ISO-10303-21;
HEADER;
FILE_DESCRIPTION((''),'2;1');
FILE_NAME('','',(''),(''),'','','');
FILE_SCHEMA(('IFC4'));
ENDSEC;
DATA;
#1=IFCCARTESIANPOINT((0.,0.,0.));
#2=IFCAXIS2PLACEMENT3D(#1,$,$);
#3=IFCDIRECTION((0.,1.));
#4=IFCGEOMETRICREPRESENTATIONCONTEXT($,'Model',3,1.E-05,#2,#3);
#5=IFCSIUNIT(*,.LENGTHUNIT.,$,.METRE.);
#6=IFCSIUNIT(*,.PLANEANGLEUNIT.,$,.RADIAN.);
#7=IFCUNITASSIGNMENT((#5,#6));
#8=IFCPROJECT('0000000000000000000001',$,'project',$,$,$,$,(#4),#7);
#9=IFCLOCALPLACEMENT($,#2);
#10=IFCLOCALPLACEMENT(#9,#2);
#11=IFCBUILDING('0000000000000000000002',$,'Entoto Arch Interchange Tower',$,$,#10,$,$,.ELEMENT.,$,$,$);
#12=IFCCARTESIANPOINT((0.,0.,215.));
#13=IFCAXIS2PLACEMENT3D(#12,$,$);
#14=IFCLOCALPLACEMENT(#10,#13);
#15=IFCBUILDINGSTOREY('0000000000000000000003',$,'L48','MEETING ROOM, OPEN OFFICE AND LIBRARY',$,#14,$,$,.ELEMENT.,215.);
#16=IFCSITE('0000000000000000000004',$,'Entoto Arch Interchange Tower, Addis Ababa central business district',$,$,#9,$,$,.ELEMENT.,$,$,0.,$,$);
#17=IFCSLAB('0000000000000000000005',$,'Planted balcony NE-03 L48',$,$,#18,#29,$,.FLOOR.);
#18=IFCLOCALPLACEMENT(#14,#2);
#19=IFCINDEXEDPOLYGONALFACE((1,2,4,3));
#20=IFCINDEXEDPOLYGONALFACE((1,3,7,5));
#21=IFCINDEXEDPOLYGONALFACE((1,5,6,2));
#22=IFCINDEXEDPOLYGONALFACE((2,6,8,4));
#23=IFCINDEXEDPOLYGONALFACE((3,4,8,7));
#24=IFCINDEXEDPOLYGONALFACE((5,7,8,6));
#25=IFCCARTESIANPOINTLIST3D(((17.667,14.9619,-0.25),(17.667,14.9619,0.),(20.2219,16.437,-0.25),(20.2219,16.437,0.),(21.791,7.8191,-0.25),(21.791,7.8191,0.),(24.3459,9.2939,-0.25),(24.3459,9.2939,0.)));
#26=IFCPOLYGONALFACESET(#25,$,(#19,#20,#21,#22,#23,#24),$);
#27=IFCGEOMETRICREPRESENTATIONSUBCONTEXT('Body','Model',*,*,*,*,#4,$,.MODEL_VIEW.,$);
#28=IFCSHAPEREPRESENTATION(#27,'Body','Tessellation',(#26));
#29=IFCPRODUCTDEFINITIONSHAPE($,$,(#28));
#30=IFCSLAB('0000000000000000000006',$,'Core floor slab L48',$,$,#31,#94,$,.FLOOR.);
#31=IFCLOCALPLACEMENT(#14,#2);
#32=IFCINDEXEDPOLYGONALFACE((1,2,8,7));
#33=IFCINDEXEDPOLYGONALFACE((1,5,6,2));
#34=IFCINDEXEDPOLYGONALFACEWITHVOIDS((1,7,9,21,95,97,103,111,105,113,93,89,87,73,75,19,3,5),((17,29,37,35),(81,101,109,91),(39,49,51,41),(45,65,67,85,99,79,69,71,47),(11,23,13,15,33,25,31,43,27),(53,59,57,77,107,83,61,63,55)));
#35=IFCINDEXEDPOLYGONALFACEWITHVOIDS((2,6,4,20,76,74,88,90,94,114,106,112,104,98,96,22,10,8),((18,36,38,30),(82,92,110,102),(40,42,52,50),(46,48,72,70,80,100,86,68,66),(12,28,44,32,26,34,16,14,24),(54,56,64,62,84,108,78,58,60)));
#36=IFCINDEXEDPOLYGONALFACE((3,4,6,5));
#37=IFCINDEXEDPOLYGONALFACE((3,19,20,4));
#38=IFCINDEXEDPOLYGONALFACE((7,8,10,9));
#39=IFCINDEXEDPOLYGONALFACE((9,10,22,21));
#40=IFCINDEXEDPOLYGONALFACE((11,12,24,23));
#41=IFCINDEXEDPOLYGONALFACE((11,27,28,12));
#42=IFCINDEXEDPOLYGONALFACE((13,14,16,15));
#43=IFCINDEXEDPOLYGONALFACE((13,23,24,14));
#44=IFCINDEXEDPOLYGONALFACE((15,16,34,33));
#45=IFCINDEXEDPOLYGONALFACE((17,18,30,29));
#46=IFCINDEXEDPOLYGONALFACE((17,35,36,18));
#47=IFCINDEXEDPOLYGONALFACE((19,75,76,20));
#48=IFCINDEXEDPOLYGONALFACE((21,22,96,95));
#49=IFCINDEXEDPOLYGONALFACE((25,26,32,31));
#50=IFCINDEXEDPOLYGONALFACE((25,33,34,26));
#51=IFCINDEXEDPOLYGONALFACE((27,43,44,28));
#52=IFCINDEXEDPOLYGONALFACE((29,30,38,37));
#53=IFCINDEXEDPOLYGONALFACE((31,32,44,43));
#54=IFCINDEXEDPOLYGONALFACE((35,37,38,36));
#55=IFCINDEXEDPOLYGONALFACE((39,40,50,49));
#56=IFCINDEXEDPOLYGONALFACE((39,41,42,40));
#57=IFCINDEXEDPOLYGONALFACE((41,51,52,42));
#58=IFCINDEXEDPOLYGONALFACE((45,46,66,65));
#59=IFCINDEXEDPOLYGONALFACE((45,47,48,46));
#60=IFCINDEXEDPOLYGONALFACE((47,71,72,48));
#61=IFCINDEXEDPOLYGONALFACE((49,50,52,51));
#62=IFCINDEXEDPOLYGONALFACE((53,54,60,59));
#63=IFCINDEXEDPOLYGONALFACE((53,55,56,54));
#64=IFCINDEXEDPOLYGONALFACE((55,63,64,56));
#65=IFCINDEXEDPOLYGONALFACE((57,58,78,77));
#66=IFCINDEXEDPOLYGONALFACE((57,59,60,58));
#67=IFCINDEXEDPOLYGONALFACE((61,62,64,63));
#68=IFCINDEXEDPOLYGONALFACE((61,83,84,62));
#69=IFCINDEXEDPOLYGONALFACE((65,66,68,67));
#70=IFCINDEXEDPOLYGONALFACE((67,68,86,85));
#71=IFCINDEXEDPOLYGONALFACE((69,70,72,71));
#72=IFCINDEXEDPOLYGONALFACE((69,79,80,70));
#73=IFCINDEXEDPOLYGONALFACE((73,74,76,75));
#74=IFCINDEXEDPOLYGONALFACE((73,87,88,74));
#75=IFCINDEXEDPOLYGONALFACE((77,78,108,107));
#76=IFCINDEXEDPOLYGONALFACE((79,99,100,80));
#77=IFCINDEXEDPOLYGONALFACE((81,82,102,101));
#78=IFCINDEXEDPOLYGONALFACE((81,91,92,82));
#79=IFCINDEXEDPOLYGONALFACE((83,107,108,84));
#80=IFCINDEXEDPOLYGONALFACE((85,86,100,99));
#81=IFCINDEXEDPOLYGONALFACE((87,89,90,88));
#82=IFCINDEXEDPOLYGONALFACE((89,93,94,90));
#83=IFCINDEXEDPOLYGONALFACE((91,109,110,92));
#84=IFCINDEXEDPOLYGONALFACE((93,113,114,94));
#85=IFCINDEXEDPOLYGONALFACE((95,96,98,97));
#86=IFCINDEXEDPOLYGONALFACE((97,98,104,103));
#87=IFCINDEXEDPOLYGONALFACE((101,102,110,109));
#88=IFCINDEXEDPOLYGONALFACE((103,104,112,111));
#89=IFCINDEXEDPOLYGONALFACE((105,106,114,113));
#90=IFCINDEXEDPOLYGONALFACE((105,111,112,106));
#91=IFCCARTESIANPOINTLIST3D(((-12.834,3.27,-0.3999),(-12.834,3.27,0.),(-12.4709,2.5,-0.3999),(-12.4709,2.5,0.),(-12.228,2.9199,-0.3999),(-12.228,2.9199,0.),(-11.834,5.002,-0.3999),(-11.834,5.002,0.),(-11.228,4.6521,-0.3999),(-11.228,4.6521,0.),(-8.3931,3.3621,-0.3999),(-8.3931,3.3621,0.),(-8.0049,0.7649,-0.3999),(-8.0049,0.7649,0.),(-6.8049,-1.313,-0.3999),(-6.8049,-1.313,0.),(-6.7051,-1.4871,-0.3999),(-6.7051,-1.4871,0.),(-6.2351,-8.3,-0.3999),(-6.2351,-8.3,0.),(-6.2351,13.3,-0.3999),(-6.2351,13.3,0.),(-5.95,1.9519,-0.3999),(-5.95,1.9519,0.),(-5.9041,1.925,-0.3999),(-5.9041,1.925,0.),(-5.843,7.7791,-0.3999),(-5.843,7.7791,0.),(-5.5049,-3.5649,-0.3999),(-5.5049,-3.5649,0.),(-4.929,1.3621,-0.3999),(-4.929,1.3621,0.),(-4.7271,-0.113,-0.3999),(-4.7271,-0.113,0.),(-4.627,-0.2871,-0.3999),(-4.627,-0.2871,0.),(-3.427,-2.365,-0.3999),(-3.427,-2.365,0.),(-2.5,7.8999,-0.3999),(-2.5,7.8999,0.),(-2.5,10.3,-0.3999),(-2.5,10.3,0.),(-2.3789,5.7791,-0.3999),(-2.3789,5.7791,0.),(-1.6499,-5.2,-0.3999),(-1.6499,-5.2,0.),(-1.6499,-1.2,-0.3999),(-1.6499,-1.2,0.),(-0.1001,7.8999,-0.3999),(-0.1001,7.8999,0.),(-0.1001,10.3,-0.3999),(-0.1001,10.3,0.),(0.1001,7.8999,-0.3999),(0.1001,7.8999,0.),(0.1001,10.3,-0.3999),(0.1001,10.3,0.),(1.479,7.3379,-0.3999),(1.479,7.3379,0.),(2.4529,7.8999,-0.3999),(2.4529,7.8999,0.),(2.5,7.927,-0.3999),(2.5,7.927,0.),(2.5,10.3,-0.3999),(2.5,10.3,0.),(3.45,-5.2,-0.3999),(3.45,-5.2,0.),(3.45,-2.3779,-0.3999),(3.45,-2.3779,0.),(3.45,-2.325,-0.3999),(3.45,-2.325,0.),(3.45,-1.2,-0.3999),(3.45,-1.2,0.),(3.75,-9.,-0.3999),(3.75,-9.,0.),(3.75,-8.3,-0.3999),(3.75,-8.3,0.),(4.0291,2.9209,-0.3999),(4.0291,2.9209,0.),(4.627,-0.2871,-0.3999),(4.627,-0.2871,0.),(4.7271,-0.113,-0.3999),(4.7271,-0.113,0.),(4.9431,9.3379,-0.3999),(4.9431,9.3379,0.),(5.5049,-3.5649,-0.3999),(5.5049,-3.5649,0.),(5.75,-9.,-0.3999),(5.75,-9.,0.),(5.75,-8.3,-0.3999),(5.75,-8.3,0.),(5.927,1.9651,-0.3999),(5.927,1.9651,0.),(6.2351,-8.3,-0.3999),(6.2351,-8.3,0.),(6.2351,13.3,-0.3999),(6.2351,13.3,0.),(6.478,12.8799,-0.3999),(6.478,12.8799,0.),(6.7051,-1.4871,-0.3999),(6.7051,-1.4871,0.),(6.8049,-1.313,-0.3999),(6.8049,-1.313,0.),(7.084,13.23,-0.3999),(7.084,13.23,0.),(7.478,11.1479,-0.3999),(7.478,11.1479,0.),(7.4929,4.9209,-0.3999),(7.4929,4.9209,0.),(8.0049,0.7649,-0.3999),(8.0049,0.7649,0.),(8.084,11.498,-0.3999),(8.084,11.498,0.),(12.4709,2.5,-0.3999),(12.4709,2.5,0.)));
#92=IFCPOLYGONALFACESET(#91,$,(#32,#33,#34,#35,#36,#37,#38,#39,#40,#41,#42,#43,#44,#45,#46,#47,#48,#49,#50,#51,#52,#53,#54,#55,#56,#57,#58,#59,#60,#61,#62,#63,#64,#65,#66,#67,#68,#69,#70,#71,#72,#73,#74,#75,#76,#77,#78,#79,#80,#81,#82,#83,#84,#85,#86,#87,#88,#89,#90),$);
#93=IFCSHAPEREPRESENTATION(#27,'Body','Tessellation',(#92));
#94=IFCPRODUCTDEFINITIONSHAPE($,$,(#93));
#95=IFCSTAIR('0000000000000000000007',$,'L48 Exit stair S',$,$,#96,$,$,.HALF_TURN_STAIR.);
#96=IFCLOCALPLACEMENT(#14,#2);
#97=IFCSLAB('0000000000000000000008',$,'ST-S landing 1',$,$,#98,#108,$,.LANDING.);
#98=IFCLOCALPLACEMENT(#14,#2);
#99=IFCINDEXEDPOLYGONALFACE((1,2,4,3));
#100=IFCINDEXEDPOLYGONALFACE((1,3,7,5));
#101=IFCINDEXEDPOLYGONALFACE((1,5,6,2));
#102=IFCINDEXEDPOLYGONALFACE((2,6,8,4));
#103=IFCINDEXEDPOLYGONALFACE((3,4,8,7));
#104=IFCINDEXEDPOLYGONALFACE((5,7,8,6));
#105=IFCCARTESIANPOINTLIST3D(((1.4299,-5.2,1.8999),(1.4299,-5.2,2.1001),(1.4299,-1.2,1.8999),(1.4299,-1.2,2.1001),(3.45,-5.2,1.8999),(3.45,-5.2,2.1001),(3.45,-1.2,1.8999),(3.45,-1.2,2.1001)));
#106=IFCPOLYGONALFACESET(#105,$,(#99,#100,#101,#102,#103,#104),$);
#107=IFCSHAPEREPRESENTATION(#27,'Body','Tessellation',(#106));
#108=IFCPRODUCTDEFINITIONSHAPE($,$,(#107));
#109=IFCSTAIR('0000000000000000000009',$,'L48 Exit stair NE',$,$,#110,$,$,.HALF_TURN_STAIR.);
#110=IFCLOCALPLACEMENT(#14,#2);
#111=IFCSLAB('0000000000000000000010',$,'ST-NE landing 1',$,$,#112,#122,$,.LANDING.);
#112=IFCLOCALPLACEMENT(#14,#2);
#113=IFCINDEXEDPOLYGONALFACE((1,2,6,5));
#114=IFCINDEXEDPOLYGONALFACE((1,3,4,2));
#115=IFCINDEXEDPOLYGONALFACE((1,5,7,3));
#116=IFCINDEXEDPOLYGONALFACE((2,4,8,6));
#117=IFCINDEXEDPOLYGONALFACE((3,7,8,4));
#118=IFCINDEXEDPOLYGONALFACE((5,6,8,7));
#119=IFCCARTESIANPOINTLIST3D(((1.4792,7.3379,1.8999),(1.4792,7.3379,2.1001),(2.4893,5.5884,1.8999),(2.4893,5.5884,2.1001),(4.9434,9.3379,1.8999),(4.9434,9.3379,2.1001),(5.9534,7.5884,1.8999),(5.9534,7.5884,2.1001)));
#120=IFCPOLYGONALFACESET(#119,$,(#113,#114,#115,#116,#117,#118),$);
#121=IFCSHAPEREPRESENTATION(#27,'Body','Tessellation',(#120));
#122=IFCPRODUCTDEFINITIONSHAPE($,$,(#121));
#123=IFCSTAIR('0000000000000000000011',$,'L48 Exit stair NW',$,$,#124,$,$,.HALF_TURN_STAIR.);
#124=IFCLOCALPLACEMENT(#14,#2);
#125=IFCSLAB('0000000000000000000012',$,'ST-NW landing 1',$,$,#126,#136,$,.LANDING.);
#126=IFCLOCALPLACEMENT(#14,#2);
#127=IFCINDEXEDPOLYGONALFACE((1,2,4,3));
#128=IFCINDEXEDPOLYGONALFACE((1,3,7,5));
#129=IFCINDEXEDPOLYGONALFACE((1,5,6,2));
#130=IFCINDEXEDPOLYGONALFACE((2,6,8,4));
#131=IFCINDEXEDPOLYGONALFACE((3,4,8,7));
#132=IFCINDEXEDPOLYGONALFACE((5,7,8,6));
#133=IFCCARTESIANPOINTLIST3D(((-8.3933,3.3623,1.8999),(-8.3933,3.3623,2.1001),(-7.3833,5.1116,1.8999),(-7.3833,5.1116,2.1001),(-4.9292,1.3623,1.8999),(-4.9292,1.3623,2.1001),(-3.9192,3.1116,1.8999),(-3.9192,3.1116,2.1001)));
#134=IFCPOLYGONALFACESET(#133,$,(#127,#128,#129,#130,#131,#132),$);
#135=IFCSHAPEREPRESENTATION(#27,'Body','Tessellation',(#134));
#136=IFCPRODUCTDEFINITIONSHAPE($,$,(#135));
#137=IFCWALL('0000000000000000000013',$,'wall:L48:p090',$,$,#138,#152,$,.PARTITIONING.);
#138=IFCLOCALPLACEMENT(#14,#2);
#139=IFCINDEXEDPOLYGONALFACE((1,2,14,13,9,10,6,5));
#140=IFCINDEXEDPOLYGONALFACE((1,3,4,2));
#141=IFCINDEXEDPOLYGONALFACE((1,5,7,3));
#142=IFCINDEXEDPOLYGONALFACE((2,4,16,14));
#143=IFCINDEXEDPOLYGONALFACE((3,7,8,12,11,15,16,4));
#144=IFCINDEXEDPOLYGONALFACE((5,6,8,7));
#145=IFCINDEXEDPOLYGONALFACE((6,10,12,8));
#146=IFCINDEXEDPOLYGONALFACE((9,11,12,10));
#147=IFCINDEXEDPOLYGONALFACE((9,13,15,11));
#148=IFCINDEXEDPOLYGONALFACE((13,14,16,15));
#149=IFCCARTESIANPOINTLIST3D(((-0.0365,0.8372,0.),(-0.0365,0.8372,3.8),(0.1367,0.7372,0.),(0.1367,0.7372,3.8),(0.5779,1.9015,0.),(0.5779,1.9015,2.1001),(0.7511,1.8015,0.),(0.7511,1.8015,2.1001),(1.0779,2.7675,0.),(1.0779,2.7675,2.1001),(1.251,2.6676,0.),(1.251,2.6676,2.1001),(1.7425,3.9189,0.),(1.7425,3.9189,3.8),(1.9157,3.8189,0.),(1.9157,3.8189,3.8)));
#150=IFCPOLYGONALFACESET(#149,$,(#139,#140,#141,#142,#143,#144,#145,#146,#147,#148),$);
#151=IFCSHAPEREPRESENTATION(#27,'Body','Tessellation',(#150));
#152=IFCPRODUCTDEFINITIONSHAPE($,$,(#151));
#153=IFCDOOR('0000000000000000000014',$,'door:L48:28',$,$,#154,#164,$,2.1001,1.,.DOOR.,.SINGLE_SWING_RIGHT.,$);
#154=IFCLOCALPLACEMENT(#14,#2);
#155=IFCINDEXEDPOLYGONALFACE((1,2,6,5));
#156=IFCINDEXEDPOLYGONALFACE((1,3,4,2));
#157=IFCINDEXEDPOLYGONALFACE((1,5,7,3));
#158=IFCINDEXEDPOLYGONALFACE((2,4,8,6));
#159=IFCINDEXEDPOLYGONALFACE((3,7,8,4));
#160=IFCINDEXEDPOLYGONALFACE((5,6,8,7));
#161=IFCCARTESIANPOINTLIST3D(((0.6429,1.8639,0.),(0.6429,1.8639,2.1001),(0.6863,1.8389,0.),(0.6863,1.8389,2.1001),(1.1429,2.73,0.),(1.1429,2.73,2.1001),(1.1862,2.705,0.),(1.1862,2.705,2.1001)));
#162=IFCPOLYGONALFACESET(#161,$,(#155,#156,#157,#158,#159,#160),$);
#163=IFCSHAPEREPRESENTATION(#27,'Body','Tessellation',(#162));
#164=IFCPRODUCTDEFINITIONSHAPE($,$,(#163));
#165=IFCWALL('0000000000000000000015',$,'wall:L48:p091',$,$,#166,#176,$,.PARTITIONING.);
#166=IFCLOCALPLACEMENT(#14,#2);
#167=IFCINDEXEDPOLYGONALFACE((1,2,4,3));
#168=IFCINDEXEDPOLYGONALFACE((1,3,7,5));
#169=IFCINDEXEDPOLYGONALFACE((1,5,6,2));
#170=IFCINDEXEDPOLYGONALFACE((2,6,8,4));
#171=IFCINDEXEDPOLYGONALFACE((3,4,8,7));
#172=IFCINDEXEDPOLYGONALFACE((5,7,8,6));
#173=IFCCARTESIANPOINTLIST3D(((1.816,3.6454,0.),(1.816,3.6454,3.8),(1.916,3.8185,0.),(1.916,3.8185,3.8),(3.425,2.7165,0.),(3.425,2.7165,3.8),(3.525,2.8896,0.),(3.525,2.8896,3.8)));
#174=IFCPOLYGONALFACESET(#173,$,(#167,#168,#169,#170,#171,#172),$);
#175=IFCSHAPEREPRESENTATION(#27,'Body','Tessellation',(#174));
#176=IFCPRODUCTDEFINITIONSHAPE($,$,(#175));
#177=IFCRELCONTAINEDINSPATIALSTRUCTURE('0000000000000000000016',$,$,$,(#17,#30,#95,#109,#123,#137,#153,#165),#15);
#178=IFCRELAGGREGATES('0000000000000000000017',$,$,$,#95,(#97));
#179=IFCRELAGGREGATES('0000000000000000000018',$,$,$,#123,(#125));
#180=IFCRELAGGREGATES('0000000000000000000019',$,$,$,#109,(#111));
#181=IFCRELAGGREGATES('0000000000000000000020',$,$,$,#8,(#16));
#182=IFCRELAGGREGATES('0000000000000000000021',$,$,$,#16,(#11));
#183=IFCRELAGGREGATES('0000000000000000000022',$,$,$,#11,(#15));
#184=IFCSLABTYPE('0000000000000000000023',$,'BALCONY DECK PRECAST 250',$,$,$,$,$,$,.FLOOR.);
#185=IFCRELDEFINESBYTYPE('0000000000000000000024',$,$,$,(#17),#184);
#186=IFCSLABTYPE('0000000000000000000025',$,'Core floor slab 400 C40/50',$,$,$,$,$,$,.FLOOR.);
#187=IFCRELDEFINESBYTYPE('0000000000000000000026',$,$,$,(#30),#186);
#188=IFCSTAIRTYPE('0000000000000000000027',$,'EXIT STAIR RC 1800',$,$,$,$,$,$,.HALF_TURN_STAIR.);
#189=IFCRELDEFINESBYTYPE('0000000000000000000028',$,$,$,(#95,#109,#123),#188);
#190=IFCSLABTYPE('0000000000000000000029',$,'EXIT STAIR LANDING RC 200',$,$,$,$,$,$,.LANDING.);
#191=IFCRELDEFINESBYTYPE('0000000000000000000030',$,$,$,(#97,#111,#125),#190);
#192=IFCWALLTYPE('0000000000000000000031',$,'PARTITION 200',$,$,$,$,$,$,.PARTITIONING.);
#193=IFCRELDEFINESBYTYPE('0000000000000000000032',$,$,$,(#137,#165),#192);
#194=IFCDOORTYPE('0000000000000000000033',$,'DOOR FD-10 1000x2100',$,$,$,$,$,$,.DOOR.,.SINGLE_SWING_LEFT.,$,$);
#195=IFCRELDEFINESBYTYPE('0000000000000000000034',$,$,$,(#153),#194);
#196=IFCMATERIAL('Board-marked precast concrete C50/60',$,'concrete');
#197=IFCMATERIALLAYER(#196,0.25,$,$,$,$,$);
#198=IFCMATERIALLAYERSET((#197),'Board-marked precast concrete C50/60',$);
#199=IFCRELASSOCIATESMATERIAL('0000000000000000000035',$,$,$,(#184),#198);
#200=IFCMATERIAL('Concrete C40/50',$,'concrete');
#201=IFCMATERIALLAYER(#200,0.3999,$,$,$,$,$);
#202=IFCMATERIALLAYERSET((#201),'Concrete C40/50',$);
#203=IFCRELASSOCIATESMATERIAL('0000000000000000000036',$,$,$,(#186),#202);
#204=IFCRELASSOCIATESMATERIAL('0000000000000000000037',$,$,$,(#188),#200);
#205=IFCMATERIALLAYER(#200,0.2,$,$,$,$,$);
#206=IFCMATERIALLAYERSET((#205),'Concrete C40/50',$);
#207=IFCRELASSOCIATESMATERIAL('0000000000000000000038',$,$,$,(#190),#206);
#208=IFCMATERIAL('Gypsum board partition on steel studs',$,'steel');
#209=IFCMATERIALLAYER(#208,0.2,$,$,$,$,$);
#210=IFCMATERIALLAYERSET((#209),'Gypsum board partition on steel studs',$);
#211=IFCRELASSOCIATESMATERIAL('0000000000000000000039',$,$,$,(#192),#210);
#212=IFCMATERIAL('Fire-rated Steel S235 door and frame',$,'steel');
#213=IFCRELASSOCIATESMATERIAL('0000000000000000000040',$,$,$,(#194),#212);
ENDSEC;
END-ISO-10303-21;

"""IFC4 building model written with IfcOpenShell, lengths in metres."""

from ifc_helpers import new_model, si_unit, direction, frame, frame_2d, origin, place, context, subcontext, project, spatial, polyline, rectangle, outline, extrude, material, layer, layer_set, type_object, element, fill, aggregate, save


model = new_model("IFC4")

# Units and contexts
model_context = context("Model", 3, precision=1e-05, world=origin(), true_north=direction((0.0, 1.0)))
body_context = subcontext(model_context, "Body", "Model", "MODEL_VIEW")
ifc_project = project(units=[si_unit("LENGTHUNIT", "METRE"), si_unit("PLANEANGLEUNIT", "RADIAN")], contexts=[model_context])

# Site, building, storey
site_placement = place(None, origin())
site = spatial("IfcSite", under=ifc_project, at=site_placement, Name="Entoto Arch Interchange Tower, Addis Ababa central business district", CompositionType="ELEMENT", RefElevation=0.0)
building_placement = place(site_placement, origin())
building = spatial("IfcBuilding", under=site, at=building_placement, Name="Entoto Arch Interchange Tower", CompositionType="ELEMENT")
storey_placement = place(building_placement, frame((0.0, 0.0, 215.0)))
storey = spatial("IfcBuildingStorey", under=building, at=storey_placement, Name="L48", Description="MEETING ROOM, OPEN OFFICE AND LIBRARY", CompositionType="ELEMENT", Elevation=215.0)

# Slabs
ifc_material_1 = material(Name="Board-marked precast concrete C50/60", Category="concrete")
ifc_layer_1 = layer(ifc_material_1, 0.25)
ifc_layer_set_1 = layer_set([ifc_layer_1], Name="Board-marked precast concrete C50/60")
slab_type_1 = type_object("IfcSlabType", Name="BALCONY DECK PRECAST 250", PredefinedType="FLOOR", material=ifc_layer_set_1)
slab_1_placement = place(storey_placement, frame((0.0, 0.0, -0.25)))
element("IfcSlab", 1, at=slab_1_placement, inside=storey, type_object=slab_type_1, Name="Planted balcony NE-03 L48", PredefinedType="FLOOR", context=body_context, shape_type="SweptSolid", body=[
    extrude(outline(polyline([(21.791, 7.8191), (17.667, 14.9619), (20.2219, 16.437), (24.3459, 9.2939), (21.791, 7.8191)])), origin(), (0.0, 0.0, 1.0), 0.25),
])
ifc_material_2 = material(Name="Concrete C40/50", Category="concrete")
ifc_layer_2 = layer(ifc_material_2, 0.3999)
ifc_layer_set_2 = layer_set([ifc_layer_2], Name="Concrete C40/50")
slab_type_2 = type_object("IfcSlabType", Name="Core floor slab 400 C40/50", PredefinedType="FLOOR", material=ifc_layer_set_2)
slab_2_placement = place(storey_placement, frame((0.0, 0.0, -0.3999)))
element("IfcSlab", 2, at=slab_2_placement, inside=storey, type_object=slab_type_2, Name="Core floor slab L48", PredefinedType="FLOOR", context=body_context, shape_type="SweptSolid", body=[
    extrude(outline(polyline([(5.75, -9.0), (3.75, -9.0), (3.75, -8.3), (-6.2351, -8.3), (-12.4709, 2.5), (-12.228, 2.9199), (-12.834, 3.27), (-11.834, 5.002), (-11.228, 4.6521), (-6.2351, 13.3), (6.2351, 13.3), (6.478, 12.8799), (7.084, 13.23), (8.084, 11.498), (7.478, 11.1479), (12.4709, 2.5), (6.2351, -8.3), (5.75, -8.3), (5.75, -9.0)]), holes=[polyline([(-1.6499, -5.2), (3.45, -5.2), (3.45, -2.3779), (5.5049, -3.5649), (6.7051, -1.4871), (4.627, -0.2871), (3.45, -2.325), (3.45, -1.2), (-1.6499, -1.2), (-1.6499, -5.2)]), polyline([(-4.627, -0.2871), (-6.7051, -1.4871), (-5.5049, -3.5649), (-3.427, -2.365), (-4.627, -0.2871)]), polyline([(-5.9041, 1.925), (-4.929, 1.3621), (-2.3789, 5.7791), (-5.843, 7.7791), (-8.3931, 3.3621), (-5.95, 1.9519), (-8.0049, 0.7649), (-6.8049, -1.313), (-4.7271, -0.113), (-5.9041, 1.925)]), polyline([(4.7271, -0.113), (6.8049, -1.313), (8.0049, 0.7649), (5.927, 1.9651), (4.7271, -0.113)]), polyline([(2.5, 7.927), (2.5, 10.3), (0.1001, 10.3), (0.1001, 7.8999), (2.4529, 7.8999), (1.479, 7.3379), (4.0291, 2.9209), (7.4929, 4.9209), (4.9431, 9.3379), (2.5, 7.927)]), polyline([(-2.5, 7.8999), (-0.1001, 7.8999), (-0.1001, 10.3), (-2.5, 10.3), (-2.5, 7.8999)])]), origin(), (0.0, 0.0, 1.0), 0.3999),
])

# Stairs, slabs
stair_type = type_object("IfcStairType", Name="EXIT STAIR RC 1800", PredefinedType="HALF_TURN_STAIR", material=ifc_material_2)
stair_1_placement = place(storey_placement, origin())
stair_1 = element("IfcStair", 3, at=stair_1_placement, inside=storey, type_object=stair_type, Name="L48 Exit stair S", PredefinedType="HALF_TURN_STAIR")
ifc_layer_3 = layer(ifc_material_2, 0.2)
ifc_layer_set_3 = layer_set([ifc_layer_3], Name="Concrete C40/50")
slab_type_3 = type_object("IfcSlabType", Name="EXIT STAIR LANDING RC 200", PredefinedType="LANDING", material=ifc_layer_set_3)
slab_3_placement = place(storey_placement, frame((0.0, 0.0, 1.8999)))
slab_3 = element("IfcSlab", 4, at=slab_3_placement, type_object=slab_type_3, Name="ST-S landing 1", PredefinedType="LANDING", context=body_context, shape_type="SweptSolid", body=[
    extrude(outline(polyline([(1.4299, -5.2), (3.45, -5.2), (3.45, -1.2), (1.4299, -1.2), (1.4299, -5.2)])), origin(), (0.0, 0.0, 1.0), 0.2002),
])
aggregate(stair_1, [slab_3])
stair_2_placement = place(storey_placement, origin())
stair_2 = element("IfcStair", 5, at=stair_2_placement, inside=storey, type_object=stair_type, Name="L48 Exit stair NE", PredefinedType="HALF_TURN_STAIR")
slab_4_placement = place(storey_placement, frame((0.0, 0.0, 1.8999)))
slab_4 = element("IfcSlab", 6, at=slab_4_placement, type_object=slab_type_3, Name="ST-NE landing 1", PredefinedType="LANDING", context=body_context, shape_type="SweptSolid", body=[
    extrude(outline(polyline([(5.9534, 7.5884), (4.9434, 9.3379), (1.4792, 7.3379), (2.4893, 5.5884), (5.9534, 7.5884)])), origin(), (0.0, 0.0, 1.0), 0.2002),
])
stair_3_placement = place(storey_placement, origin())
stair_3 = element("IfcStair", 7, at=stair_3_placement, inside=storey, type_object=stair_type, Name="L48 Exit stair NW", PredefinedType="HALF_TURN_STAIR")
slab_5_placement = place(storey_placement, frame((0.0, 0.0, 1.8999)))
slab_5 = element("IfcSlab", 8, at=slab_5_placement, type_object=slab_type_3, Name="ST-NW landing 1", PredefinedType="LANDING", context=body_context, shape_type="SweptSolid", body=[
    extrude(outline(polyline([(-7.3833, 5.1116), (-8.3933, 3.3623), (-4.9292, 1.3623), (-3.9192, 3.1116), (-7.3833, 5.1116)])), origin(), (0.0, 0.0, 1.0), 0.2002),
])
aggregate(stair_3, [slab_5])

# Wall, opening, door
ifc_material_3 = material(Name="Gypsum board partition on steel studs", Category="steel")
ifc_layer_4 = layer(ifc_material_3, 0.2)
ifc_layer_set_4 = layer_set([ifc_layer_4], Name="Gypsum board partition on steel studs")
wall_type_1 = type_object("IfcWallType", Name="PARTITION 200", PredefinedType="PARTITIONING", material=ifc_layer_set_4)
wall_1_placement = place(storey_placement, frame((0.05, 0.7871, 0.0), z_axis=(0.0, 0.0, 1.0), x_axis=(0.499954, 0.866052, 0.0)))
wall_1 = element("IfcWall", 9, at=wall_1_placement, inside=storey, type_object=wall_type_1, Name="wall:L48:p090", PredefinedType="PARTITIONING", context=body_context, shape_type="SweptSolid", body=[
    extrude(rectangle(XDim=3.5583, YDim=0.2, at=frame_2d((1.7793, 0.0))), origin(), (0.0, 0.0, 1.0), 3.8),
])
opening_placement = place(wall_1_placement, frame((1.229, 0.0, 0.0)))
opening = element("IfcOpeningElement", 10, at=opening_placement, cuts=wall_1, PredefinedType="OPENING", context=body_context, shape_type="SweptSolid", body=[
    extrude(rectangle(XDim=1.0, YDim=2.1001, at=frame_2d((0.5, 1.05))), frame((0.0, 0.1099, 0.0), z_axis=(0.0, -1.0, 0.0), x_axis=(1.0, 0.0, 0.0)), (0.0, 0.0, 1.0), 0.22),
])
ifc_material_4 = material(Name="Fire-rated Steel S235 door and frame", Category="steel")
door_type = type_object("IfcDoorType", Name="DOOR FD-10 1000x2100", OperationType="SINGLE_SWING_LEFT", PredefinedType="DOOR", material=ifc_material_4)
door_placement = place(opening_placement, origin())
door = element("IfcDoor", 11, at=door_placement, inside=storey, type_object=door_type, Name="door:L48:28", OperationType="SINGLE_SWING_RIGHT", OverallHeight=2.1001, OverallWidth=1.0, PredefinedType="DOOR", context=body_context, shape_type="SweptSolid", body=[
    extrude(rectangle(XDim=1.0, YDim=2.1001, at=frame_2d((0.5, 1.05))), frame((0.0, 0.0249, 0.0), z_axis=(0.0, -1.0, 0.0), x_axis=(1.0, 0.0, 0.0)), (0.0, 0.0, 1.0), 0.05),
])
fill(opening, door)

# Wall
wall_2_placement = place(storey_placement, frame((1.866, 3.7319, 0.0), z_axis=(0.0, 0.0, 1.0), x_axis=(0.866043, -0.499969, 0.0)))
element("IfcWall", 12, at=wall_2_placement, inside=storey, type_object=wall_type_1, Name="wall:L48:p091", PredefinedType="PARTITIONING", context=body_context, shape_type="SweptSolid", body=[
    extrude(rectangle(XDim=1.8579, YDim=0.2, at=frame_2d((0.929, 0.0))), origin(), (0.0, 0.0, 1.0), 3.8),
])

aggregate(stair_2, [slab_4])

save(model, "model.ifc")
